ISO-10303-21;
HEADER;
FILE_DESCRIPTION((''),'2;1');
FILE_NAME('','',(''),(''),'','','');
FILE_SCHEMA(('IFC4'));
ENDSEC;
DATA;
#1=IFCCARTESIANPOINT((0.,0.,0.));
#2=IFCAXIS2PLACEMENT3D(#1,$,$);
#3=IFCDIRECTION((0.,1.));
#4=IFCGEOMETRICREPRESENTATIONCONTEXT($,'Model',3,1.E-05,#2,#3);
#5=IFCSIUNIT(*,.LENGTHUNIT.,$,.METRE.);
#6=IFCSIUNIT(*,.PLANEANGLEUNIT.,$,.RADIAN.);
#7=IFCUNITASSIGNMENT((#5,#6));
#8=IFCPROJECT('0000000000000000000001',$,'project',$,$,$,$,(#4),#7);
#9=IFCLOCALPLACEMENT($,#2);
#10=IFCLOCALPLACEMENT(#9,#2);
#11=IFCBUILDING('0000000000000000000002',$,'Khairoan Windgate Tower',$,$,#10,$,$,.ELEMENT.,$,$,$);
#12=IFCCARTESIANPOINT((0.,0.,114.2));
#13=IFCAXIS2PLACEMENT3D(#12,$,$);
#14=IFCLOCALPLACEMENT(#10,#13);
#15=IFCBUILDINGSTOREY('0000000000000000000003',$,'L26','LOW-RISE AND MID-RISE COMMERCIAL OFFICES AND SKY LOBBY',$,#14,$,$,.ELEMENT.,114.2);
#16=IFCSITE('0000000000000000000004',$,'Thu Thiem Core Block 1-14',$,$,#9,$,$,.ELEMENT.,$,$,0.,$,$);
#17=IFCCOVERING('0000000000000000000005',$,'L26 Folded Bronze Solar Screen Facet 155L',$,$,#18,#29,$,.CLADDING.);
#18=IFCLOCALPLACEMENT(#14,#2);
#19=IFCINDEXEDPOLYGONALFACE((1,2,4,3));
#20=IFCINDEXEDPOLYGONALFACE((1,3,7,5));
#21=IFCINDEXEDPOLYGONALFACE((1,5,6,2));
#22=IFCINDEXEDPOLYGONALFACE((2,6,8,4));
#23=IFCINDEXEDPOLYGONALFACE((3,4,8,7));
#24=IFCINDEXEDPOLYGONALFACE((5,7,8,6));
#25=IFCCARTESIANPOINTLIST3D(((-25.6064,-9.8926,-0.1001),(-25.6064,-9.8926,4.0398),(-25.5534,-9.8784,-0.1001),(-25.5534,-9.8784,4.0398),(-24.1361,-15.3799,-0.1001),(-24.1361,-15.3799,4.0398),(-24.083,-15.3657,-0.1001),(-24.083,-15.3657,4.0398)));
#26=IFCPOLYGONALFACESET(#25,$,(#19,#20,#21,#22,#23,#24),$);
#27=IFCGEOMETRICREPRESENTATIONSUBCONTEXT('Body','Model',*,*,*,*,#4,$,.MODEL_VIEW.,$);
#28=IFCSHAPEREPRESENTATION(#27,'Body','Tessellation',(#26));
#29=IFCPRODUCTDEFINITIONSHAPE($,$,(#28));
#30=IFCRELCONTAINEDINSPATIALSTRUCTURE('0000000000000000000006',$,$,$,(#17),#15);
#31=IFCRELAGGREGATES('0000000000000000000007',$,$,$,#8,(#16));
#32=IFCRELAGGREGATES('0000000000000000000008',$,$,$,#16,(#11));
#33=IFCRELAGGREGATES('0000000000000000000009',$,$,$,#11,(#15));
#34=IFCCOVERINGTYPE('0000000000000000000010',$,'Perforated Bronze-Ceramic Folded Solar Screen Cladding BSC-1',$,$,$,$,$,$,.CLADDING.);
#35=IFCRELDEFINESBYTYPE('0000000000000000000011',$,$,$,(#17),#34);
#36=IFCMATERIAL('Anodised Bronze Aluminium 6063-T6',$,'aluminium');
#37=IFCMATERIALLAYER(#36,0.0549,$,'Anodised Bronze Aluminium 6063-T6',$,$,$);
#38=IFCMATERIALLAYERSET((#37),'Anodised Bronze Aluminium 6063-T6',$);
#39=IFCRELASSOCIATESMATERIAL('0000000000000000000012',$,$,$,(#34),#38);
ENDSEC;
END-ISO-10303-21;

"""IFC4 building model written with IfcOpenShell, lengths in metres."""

from ifc_helpers import new_model, si_unit, direction, frame, origin, origin_2d, place, context, subcontext, project, spatial, rectangle, extrude, material, layer, layer_set, type_object, element, save


model = new_model("IFC4")

# Units and contexts
model_context = context("Model", 3, precision=1e-05, world=origin(), true_north=direction((0.0, 1.0)))
body_context = subcontext(model_context, "Body", "Model", "MODEL_VIEW")
ifc_project = project(units=[si_unit("LENGTHUNIT", "METRE"), si_unit("PLANEANGLEUNIT", "RADIAN")], contexts=[model_context])

# Site, building, storey
site_placement = place(None, origin())
site = spatial("IfcSite", under=ifc_project, at=site_placement, Name="Thu Thiem Core Block 1-14", CompositionType="ELEMENT", RefElevation=0.0)
building_placement = place(site_placement, origin())
building = spatial("IfcBuilding", under=site, at=building_placement, Name="Khairoan Windgate Tower", CompositionType="ELEMENT")
storey_placement = place(building_placement, frame((0.0, 0.0, 114.2)))
storey = spatial("IfcBuildingStorey", under=building, at=storey_placement, Name="L26", Description="LOW-RISE AND MID-RISE COMMERCIAL OFFICES AND SKY LOBBY", CompositionType="ELEMENT", Elevation=114.2)

# Covering
ifc_material_1 = material(Name="Anodised Bronze Aluminium 6063-T6", Category="aluminium")
ifc_layer_1 = layer(ifc_material_1, 0.0549, Name="Anodised Bronze Aluminium 6063-T6")
ifc_layer_set_1 = layer_set([ifc_layer_1], Name="Anodised Bronze Aluminium 6063-T6")
covering_type = type_object("IfcCoveringType", Name="Perforated Bronze-Ceramic Folded Solar Screen Cladding BSC-1", PredefinedType="CLADDING", material=ifc_layer_set_1)
covering_placement = place(storey_placement, frame((-24.8447, -12.6292, -0.1001), z_axis=(0.0, 0.0, 1.0), x_axis=(-0.258819, 0.965926, 0.0)))
element("IfcCovering", 1, at=covering_placement, inside=storey, type_object=covering_type, Name="L26 Folded Bronze Solar Screen Facet 155L", PredefinedType="CLADDING", context=body_context, shape_type="SweptSolid", body=[
    extrude(rectangle(XDim=5.6809, YDim=0.0549, at=origin_2d()), origin(), (0.0, 0.0, 1.0), 4.1399),
])

save(model, "model.ifc")
